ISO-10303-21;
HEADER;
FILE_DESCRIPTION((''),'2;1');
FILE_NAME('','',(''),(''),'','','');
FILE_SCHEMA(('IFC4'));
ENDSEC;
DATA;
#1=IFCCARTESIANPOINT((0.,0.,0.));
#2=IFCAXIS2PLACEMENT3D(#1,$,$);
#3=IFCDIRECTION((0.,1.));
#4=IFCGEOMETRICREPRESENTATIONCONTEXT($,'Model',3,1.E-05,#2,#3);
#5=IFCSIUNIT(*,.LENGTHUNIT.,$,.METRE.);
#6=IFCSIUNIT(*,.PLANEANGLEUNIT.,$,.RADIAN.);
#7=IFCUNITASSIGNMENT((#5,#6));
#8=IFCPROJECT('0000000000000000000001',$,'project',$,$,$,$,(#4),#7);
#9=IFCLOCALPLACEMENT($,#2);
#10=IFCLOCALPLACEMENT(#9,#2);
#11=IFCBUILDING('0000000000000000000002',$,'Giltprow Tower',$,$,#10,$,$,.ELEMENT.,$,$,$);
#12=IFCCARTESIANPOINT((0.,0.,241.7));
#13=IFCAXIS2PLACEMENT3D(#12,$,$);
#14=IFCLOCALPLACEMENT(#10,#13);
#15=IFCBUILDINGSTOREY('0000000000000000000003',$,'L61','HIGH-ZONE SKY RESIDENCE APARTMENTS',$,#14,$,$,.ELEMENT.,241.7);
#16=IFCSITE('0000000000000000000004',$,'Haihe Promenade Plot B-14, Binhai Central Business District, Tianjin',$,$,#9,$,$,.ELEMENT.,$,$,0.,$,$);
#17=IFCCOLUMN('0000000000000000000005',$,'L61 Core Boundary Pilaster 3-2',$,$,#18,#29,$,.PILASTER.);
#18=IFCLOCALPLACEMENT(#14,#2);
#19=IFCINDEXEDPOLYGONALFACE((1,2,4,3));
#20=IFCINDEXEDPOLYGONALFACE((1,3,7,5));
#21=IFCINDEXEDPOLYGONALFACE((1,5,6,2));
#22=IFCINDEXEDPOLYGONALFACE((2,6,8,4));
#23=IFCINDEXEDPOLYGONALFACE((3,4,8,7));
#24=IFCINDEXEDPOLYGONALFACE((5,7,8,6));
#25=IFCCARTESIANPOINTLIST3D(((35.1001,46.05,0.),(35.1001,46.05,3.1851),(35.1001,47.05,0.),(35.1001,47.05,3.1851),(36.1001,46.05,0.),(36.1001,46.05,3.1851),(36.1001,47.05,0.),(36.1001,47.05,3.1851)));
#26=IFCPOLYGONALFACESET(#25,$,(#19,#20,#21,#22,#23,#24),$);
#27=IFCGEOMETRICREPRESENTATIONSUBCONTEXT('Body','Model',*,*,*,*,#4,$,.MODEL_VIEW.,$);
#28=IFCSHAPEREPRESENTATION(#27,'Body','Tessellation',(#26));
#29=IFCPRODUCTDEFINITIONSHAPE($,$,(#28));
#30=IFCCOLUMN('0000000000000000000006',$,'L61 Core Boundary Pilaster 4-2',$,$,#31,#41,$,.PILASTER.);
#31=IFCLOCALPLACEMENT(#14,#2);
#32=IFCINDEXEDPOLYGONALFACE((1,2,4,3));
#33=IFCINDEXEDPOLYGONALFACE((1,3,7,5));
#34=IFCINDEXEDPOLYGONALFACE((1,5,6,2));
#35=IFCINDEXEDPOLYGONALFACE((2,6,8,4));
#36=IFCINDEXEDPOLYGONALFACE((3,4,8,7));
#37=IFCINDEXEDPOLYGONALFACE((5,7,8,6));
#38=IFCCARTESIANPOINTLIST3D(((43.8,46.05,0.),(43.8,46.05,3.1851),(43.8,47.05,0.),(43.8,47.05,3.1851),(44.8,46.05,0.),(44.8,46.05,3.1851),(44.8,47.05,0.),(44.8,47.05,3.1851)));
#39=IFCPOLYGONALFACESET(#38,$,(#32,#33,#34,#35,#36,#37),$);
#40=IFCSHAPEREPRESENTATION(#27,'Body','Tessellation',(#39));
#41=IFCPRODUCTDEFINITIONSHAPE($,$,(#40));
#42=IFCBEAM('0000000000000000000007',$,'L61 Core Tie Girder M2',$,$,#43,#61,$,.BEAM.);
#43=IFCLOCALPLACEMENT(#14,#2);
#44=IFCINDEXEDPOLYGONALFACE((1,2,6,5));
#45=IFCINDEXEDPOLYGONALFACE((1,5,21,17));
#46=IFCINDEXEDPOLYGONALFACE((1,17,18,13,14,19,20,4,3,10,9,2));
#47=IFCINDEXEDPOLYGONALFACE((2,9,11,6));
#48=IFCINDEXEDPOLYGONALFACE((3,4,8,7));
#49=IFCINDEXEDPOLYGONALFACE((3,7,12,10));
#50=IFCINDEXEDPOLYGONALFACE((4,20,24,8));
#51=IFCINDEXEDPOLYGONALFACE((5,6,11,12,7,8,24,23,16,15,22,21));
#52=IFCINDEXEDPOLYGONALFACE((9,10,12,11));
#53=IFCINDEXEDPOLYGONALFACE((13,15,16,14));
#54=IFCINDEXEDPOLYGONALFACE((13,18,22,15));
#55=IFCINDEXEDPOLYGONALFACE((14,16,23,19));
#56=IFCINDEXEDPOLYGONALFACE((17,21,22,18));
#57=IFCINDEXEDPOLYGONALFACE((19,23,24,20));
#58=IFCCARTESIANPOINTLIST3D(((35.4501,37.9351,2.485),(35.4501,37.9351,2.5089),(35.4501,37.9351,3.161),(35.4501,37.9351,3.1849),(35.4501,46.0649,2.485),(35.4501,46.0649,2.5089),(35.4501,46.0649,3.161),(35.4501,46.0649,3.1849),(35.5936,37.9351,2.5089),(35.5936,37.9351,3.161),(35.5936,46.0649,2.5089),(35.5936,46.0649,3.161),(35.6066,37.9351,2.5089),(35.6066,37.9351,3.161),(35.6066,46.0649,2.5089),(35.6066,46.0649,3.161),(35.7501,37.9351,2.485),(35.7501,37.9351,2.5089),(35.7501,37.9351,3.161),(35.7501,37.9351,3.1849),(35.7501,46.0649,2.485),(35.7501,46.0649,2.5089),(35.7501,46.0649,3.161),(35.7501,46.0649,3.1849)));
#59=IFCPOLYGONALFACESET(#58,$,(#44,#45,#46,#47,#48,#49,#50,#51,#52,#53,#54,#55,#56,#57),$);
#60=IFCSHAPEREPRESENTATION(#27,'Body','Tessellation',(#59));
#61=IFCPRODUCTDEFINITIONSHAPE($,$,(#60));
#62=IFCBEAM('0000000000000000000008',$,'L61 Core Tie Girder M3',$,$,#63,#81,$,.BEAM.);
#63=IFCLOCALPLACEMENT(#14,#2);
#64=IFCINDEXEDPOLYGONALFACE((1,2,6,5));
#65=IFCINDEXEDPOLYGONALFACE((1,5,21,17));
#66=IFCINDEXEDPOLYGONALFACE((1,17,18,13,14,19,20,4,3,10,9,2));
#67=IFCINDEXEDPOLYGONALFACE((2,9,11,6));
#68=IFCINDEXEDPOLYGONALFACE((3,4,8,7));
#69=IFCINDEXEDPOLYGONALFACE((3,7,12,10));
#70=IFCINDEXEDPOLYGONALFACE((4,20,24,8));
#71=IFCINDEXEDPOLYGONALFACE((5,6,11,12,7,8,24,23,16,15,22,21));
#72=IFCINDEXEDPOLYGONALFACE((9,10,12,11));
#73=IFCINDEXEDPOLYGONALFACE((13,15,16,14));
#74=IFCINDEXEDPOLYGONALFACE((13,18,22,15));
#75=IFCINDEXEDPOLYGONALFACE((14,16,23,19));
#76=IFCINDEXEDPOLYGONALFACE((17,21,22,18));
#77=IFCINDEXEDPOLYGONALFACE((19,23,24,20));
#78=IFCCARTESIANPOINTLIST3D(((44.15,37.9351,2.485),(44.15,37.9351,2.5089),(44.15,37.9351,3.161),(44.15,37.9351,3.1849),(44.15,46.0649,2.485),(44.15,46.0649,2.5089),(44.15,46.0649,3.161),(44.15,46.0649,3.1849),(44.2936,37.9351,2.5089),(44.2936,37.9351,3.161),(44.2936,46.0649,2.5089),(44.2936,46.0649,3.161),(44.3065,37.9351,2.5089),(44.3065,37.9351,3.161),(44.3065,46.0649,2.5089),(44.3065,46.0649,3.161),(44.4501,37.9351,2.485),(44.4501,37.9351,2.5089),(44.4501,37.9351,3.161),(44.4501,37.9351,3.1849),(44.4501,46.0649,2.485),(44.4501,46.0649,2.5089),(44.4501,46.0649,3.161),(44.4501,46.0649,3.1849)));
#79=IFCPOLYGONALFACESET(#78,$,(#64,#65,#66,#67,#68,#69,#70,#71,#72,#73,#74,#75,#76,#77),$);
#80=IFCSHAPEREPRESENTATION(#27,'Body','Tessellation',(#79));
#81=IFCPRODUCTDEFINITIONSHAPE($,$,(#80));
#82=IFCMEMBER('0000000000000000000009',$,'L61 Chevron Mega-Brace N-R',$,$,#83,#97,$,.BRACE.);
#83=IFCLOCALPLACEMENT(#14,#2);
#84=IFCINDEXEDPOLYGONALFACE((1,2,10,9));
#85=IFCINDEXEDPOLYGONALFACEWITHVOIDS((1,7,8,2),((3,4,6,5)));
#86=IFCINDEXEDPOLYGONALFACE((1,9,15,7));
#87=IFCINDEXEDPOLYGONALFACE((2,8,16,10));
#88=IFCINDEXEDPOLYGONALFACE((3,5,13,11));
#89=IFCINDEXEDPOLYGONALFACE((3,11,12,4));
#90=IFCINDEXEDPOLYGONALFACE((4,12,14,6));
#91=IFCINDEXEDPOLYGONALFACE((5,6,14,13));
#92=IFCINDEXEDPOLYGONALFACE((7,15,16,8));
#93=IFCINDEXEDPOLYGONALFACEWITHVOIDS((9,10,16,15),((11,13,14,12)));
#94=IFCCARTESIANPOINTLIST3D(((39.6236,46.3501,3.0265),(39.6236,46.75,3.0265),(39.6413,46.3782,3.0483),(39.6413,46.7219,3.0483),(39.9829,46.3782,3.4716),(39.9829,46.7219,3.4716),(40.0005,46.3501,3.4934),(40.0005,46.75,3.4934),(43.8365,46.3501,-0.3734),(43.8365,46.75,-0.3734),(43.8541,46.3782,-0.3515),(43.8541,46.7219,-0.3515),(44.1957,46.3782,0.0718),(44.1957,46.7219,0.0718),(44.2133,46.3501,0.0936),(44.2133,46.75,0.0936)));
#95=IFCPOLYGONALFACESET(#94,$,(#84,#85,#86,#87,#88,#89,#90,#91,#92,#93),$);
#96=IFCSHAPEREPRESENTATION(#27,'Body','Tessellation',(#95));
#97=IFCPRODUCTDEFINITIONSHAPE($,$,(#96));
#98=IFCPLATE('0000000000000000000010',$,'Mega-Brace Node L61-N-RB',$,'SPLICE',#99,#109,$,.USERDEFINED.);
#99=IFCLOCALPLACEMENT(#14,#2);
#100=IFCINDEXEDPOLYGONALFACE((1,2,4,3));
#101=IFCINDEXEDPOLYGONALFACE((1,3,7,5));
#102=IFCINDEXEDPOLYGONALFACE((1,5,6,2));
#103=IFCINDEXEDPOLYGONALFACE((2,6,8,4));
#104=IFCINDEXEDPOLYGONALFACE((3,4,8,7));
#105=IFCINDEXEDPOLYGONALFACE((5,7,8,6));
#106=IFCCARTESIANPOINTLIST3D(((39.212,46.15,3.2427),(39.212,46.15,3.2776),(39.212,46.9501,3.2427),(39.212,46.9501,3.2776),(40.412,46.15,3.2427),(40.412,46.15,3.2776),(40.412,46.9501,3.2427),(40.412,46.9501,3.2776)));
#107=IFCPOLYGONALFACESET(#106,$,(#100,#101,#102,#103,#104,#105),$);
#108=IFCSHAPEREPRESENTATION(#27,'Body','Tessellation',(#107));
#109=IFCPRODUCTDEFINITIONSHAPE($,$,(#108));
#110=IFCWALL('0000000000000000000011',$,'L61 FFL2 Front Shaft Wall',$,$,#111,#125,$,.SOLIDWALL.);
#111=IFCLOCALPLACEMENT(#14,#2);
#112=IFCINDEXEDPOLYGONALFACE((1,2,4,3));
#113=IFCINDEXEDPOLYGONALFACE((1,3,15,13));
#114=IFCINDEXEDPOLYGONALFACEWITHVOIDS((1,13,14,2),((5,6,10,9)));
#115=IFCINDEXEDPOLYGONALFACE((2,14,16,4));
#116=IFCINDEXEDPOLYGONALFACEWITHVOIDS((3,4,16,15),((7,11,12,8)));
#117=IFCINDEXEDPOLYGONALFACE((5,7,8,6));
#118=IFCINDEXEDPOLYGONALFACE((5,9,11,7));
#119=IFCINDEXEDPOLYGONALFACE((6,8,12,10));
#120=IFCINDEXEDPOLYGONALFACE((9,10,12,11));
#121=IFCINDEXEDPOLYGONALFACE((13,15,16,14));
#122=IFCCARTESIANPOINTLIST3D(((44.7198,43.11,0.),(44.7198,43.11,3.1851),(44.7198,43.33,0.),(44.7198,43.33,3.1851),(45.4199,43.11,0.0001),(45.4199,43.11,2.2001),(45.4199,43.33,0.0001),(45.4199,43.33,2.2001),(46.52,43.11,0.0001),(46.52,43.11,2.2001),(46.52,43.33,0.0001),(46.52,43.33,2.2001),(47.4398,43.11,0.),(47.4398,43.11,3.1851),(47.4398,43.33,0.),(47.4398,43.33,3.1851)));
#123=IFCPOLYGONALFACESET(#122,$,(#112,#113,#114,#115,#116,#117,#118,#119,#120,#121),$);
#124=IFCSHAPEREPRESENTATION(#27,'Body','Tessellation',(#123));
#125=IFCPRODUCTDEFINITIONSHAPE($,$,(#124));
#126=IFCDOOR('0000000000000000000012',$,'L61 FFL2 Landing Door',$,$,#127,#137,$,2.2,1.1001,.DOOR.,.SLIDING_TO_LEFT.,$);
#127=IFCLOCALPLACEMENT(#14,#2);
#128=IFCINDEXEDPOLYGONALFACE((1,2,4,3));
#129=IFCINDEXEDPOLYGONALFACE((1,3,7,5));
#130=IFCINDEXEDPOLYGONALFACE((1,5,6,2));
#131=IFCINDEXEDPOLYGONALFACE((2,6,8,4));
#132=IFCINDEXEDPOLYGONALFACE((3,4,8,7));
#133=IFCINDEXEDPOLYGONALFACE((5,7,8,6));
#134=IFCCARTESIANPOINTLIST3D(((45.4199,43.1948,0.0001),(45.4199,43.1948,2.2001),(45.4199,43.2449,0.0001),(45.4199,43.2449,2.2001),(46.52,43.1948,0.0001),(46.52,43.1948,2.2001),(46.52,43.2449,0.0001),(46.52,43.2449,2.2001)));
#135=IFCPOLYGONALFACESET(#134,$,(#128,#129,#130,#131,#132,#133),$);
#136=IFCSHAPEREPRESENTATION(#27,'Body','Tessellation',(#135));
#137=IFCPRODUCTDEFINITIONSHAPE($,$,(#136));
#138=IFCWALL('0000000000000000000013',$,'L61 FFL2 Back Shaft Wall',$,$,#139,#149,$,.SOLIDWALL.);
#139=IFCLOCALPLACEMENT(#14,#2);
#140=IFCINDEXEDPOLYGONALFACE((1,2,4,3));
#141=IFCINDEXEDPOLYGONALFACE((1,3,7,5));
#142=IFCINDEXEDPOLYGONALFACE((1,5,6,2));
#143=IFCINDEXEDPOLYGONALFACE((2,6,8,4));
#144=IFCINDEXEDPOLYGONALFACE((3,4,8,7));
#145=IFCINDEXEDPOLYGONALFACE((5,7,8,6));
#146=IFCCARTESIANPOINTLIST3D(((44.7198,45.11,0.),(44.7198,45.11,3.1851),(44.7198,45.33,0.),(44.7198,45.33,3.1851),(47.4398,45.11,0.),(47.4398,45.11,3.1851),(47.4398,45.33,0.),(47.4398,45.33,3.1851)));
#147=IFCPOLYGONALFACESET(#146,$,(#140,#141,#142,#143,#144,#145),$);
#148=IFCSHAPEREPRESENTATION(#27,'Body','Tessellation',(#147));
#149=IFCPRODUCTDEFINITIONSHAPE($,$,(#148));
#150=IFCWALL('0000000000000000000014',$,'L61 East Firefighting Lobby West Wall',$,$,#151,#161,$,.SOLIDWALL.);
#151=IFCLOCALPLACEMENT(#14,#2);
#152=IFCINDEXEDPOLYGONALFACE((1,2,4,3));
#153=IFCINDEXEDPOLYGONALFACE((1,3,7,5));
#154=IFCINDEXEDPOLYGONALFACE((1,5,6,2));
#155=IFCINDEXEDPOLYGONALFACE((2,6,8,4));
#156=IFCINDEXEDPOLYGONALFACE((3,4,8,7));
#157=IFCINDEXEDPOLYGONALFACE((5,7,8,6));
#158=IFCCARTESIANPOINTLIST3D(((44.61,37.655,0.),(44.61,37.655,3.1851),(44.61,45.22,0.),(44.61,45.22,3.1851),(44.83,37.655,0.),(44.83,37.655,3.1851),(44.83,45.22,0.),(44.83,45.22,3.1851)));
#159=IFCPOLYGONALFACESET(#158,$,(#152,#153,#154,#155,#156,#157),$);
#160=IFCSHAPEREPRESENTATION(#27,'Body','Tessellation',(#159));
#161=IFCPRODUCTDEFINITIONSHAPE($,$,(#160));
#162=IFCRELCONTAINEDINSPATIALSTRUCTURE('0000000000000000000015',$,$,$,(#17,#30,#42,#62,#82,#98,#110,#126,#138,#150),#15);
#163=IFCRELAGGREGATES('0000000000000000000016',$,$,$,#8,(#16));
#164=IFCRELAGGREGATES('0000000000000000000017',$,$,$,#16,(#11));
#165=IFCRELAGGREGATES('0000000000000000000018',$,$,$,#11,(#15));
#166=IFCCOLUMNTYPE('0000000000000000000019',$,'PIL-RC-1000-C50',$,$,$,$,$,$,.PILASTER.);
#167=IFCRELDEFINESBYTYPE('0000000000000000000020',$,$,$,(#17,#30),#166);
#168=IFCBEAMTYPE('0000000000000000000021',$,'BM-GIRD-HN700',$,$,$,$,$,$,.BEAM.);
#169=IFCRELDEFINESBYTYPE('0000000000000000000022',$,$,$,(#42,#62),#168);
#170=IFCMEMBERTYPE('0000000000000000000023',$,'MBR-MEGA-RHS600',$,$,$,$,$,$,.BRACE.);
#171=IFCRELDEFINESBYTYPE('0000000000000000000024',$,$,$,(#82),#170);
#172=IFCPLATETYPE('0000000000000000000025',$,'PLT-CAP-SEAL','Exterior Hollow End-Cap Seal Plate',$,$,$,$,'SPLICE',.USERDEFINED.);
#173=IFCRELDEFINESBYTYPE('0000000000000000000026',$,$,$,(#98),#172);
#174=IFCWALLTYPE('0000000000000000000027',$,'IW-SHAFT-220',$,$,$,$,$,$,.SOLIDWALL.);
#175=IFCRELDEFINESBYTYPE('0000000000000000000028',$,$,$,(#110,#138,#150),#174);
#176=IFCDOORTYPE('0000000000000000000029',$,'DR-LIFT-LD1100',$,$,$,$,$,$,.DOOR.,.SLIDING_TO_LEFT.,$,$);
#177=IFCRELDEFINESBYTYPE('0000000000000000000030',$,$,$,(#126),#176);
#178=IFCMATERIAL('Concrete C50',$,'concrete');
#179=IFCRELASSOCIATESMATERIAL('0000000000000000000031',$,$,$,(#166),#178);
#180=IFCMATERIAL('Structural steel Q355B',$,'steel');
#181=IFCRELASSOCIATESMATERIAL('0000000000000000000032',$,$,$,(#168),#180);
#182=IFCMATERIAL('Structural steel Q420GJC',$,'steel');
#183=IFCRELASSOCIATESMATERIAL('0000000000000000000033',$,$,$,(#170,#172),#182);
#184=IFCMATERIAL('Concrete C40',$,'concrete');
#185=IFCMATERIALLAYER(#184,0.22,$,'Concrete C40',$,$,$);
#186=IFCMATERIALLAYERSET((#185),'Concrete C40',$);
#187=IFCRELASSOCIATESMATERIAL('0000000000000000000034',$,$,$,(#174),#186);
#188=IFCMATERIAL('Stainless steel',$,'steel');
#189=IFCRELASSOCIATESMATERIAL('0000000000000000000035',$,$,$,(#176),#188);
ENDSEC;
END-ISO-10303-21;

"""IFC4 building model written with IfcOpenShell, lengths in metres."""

from ifc_helpers import new_model, si_unit, direction, frame, frame_2d, origin, origin_2d, place, context, subcontext, project, spatial, rectangle, hollow_rectangle, i_section, extrude, source, transform, mapped, material, layer, layer_set, material_profile, profile_set, type_object, element, fill, save


model = new_model("IFC4")

# Units and contexts
model_context = context("Model", 3, precision=1e-05, world=origin(), true_north=direction((0.0, 1.0)))
body_context = subcontext(model_context, "Body", "Model", "MODEL_VIEW")
ifc_project = project(units=[si_unit("LENGTHUNIT", "METRE"), si_unit("PLANEANGLEUNIT", "RADIAN")], contexts=[model_context])

# Site, building, storey
site_placement = place(None, origin())
site = spatial("IfcSite", under=ifc_project, at=site_placement, Name="Haihe Promenade Plot B-14, Binhai Central Business District, Tianjin", CompositionType="ELEMENT", RefElevation=0.0)
building_placement = place(site_placement, origin())
building = spatial("IfcBuilding", under=site, at=building_placement, Name="Giltprow Tower", CompositionType="ELEMENT")
storey_placement = place(building_placement, frame((0.0, 0.0, 241.7)))
storey = spatial("IfcBuildingStorey", under=building, at=storey_placement, Name="L61", Description="HIGH-ZONE SKY RESIDENCE APARTMENTS", CompositionType="ELEMENT", Elevation=241.7)

# Columns
ifc_material_1 = material(Name="Concrete C50", Category="concrete")
ifc_material_profile_1 = material_profile(ifc_material_1, rectangle(XDim=1.0, YDim=1.0, at=origin_2d()), Name="RC 1000x1000")
ifc_profile_set_1 = profile_set([ifc_material_profile_1], Name="Concrete C50")
column_type = type_object("IfcColumnType", Name="PIL-RC-1000-C50", PredefinedType="PILASTER", material=ifc_profile_set_1)
shared_shape_1 = source(origin(), body_context, "Body", "SweptSolid", [
    extrude(rectangle(XDim=1.0, YDim=1.0, at=origin_2d()), origin(), (0.0, 0.0, 1.0), 3.1851),
])
for number, where, z_axis, x_axis, name in (
    (1, (35.6001, 46.55, 0.0), (0.0, 0.0, 1.0), (1.0, 0.0, 0.0), "L61 Core Boundary Pilaster 3-2"),
    (2, (44.3, 46.55, 0.0), (0.0, 0.0, 1.0), (1.0, 0.0, 0.0), "L61 Core Boundary Pilaster 4-2"),
):
    element("IfcColumn", number, at=place(storey_placement, frame(where, z_axis=z_axis, x_axis=x_axis)), inside=storey, type_object=column_type, Name=name, PredefinedType="PILASTER", context=body_context, shape_type="MappedRepresentation", body=[
        mapped(shared_shape_1, transform((0.0, 0.0, 0.0), x_axis=(1.0, 0.0, 0.0), y_axis=(0.0, 1.0, 0.0), z_axis=(0.0, 0.0, 1.0), scale=1.0)),
    ])

# Beams
ifc_material_2 = material(Name="Structural steel Q355B", Category="steel")
ifc_material_profile_2 = material_profile(ifc_material_2, i_section(OverallWidth=0.3, OverallDepth=0.7, WebThickness=0.0129, FlangeThickness=0.0239, at=origin_2d()), Name="HN 700x300x13x24")
ifc_profile_set_2 = profile_set([ifc_material_profile_2], Name="Structural steel Q355B")
beam_type = type_object("IfcBeamType", Name="BM-GIRD-HN700", PredefinedType="BEAM", material=ifc_profile_set_2)
shared_shape_2 = source(origin(), body_context, "Body", "SweptSolid", [
    extrude(i_section(OverallWidth=0.3, OverallDepth=0.7, WebThickness=0.0129, FlangeThickness=0.0239, at=origin_2d()), origin(), (0.0, 0.0, 1.0), 8.1299),
])
for number, where, z_axis, x_axis, name in (
    (3, (35.6001, 37.9351, 2.835), (0.0, 1.0, 0.0), (-1.0, 0.0, 0.0), "L61 Core Tie Girder M2"),
    (4, (44.3, 37.9351, 2.835), (0.0, 1.0, 0.0), (-1.0, 0.0, 0.0), "L61 Core Tie Girder M3"),
):
    element("IfcBeam", number, at=place(storey_placement, frame(where, z_axis=z_axis, x_axis=x_axis)), inside=storey, type_object=beam_type, Name=name, PredefinedType="BEAM", context=body_context, shape_type="MappedRepresentation", body=[
        mapped(shared_shape_2, transform((0.0, 0.0, 0.0), x_axis=(1.0, 0.0, 0.0), y_axis=(0.0, 1.0, 0.0), z_axis=(0.0, 0.0, 1.0), scale=1.0)),
    ])

# Member
ifc_material_3 = material(Name="Structural steel Q420GJC", Category="steel")
ifc_material_profile_3 = material_profile(ifc_material_3, hollow_rectangle(XDim=0.3999, YDim=0.6001, WallThickness=0.0281, at=origin_2d()), Name="RHS 600x400x28")
ifc_profile_set_3 = profile_set([ifc_material_profile_3], Name="Structural steel Q420GJC")
member_type = type_object("IfcMemberType", Name="MBR-MEGA-RHS600", PredefinedType="BRACE", material=ifc_profile_set_3)
shared_shape_3 = source(origin(), body_context, "Body", "SweptSolid", [
    extrude(hollow_rectangle(XDim=0.3999, YDim=0.6001, WallThickness=0.0281, at=origin_2d()), origin(), (0.0, 0.0, 1.0), 5.4136),
])
member_placement = place(storey_placement, frame((44.0249, 46.55, -0.1399), z_axis=(-0.778195, 0.0, 0.628022), x_axis=(0.0, -1.0, 0.0)))
element("IfcMember", 5, at=member_placement, inside=storey, type_object=member_type, Name="L61 Chevron Mega-Brace N-R", PredefinedType="BRACE", context=body_context, shape_type="MappedRepresentation", body=[
    mapped(shared_shape_3, transform((0.0, 0.0, 0.0), x_axis=(1.0, 0.0, 0.0), y_axis=(0.0, 1.0, 0.0), z_axis=(0.0, 0.0, 1.0), scale=1.0)),
])

# Plate
plate_type = type_object("IfcPlateType", Name="PLT-CAP-SEAL", Description="Exterior Hollow End-Cap Seal Plate", ElementType="SPLICE", PredefinedType="USERDEFINED", material=ifc_material_3)
shared_shape_4 = source(origin(), body_context, "Body", "SweptSolid", [
    extrude(rectangle(XDim=1.2, YDim=0.8, at=origin_2d()), origin(), (0.0, 0.0, 1.0), 0.0349),
])
plate_placement = place(storey_placement, frame((39.812, 46.55, 3.2427), z_axis=(0.0, 0.0, 1.0), x_axis=(1.0, 0.0, 0.0)))
element("IfcPlate", 6, at=plate_placement, inside=storey, type_object=plate_type, Name="Mega-Brace Node L61-N-RB", ObjectType="SPLICE", PredefinedType="USERDEFINED", context=body_context, shape_type="MappedRepresentation", body=[
    mapped(shared_shape_4, transform((0.0, 0.0, 0.0), x_axis=(1.0, 0.0, 0.0), y_axis=(0.0, 1.0, 0.0), z_axis=(0.0, 0.0, 1.0), scale=1.0)),
])

# Wall, opening, door
ifc_material_4 = material(Name="Concrete C40", Category="concrete")
ifc_layer_1 = layer(ifc_material_4, 0.22, Name="Concrete C40")
ifc_layer_set_1 = layer_set([ifc_layer_1], Name="Concrete C40")
wall_type_1 = type_object("IfcWallType", Name="IW-SHAFT-220", PredefinedType="SOLIDWALL", material=ifc_layer_set_1)
wall_1_placement = place(storey_placement, frame((44.72, 43.22, 0.0), z_axis=(0.0, 0.0, 1.0), x_axis=(1.0, 0.0, 0.0)))
wall_1 = element("IfcWall", 7, at=wall_1_placement, inside=storey, type_object=wall_type_1, Name="L61 FFL2 Front Shaft Wall", PredefinedType="SOLIDWALL", context=body_context, shape_type="SweptSolid", body=[
    extrude(rectangle(XDim=2.72, YDim=0.22, at=frame_2d((1.3599, 0.0))), origin(), (0.0, 0.0, 1.0), 3.1851),
])
opening_1_placement = place(wall_1_placement, frame((0.7, 0.0, 0.0)))
opening_1 = element("IfcOpeningElement", 8, at=opening_1_placement, cuts=wall_1, PredefinedType="OPENING", context=body_context, shape_type="SweptSolid", body=[
    extrude(rectangle(XDim=1.1001, YDim=2.2, at=frame_2d((0.55, 1.1001))), frame((0.0, 0.1199, 0.0), z_axis=(0.0, -1.0, 0.0), x_axis=(1.0, 0.0, 0.0)), (0.0, 0.0, 1.0), 0.24),
])
ifc_material_5 = material(Name="Stainless steel", Category="steel")
door_type_1 = type_object("IfcDoorType", Name="DR-LIFT-LD1100", OperationType="SLIDING_TO_LEFT", PredefinedType="DOOR", material=ifc_material_5)
shared_shape_5 = source(origin(), body_context, "Body", "SweptSolid", [
    extrude(rectangle(XDim=1.1001, YDim=2.2, at=frame_2d((0.55, 1.1001))), frame((0.0, 0.0249, 0.0), z_axis=(0.0, -1.0, 0.0), x_axis=(1.0, 0.0, 0.0)), (0.0, 0.0, 1.0), 0.05),
])
door_1_placement = place(opening_1_placement, origin())
door_1 = element("IfcDoor", 9, at=door_1_placement, inside=storey, type_object=door_type_1, Name="L61 FFL2 Landing Door", OperationType="SLIDING_TO_LEFT", OverallHeight=2.2, OverallWidth=1.1001, PredefinedType="DOOR", context=body_context, shape_type="MappedRepresentation", body=[
    mapped(shared_shape_5, transform((0.0, 0.0, 0.0), x_axis=(1.0, 0.0, 0.0), y_axis=(0.0, 1.0, 0.0), z_axis=(0.0, 0.0, 1.0), scale=1.0)),
])
fill(opening_1, door_1)

# Walls
wall_2_placement = place(storey_placement, frame((44.72, 45.22, 0.0), z_axis=(0.0, 0.0, 1.0), x_axis=(1.0, 0.0, 0.0)))
element("IfcWall", 10, at=wall_2_placement, inside=storey, type_object=wall_type_1, Name="L61 FFL2 Back Shaft Wall", PredefinedType="SOLIDWALL", context=body_context, shape_type="SweptSolid", body=[
    extrude(rectangle(XDim=2.72, YDim=0.22, at=frame_2d((1.3599, 0.0))), origin(), (0.0, 0.0, 1.0), 3.1851),
])
wall_3_placement = place(storey_placement, frame((44.72, 37.655, 0.0), z_axis=(0.0, 0.0, 1.0), x_axis=(0.0, 1.0, 0.0)))
element("IfcWall", 11, at=wall_3_placement, inside=storey, type_object=wall_type_1, Name="L61 East Firefighting Lobby West Wall", PredefinedType="SOLIDWALL", context=body_context, shape_type="SweptSolid", body=[
    extrude(rectangle(XDim=7.5649, YDim=0.22, at=frame_2d((3.7825, 0.0))), origin(), (0.0, 0.0, 1.0), 3.1851),
])

save(model, "model.ifc")
